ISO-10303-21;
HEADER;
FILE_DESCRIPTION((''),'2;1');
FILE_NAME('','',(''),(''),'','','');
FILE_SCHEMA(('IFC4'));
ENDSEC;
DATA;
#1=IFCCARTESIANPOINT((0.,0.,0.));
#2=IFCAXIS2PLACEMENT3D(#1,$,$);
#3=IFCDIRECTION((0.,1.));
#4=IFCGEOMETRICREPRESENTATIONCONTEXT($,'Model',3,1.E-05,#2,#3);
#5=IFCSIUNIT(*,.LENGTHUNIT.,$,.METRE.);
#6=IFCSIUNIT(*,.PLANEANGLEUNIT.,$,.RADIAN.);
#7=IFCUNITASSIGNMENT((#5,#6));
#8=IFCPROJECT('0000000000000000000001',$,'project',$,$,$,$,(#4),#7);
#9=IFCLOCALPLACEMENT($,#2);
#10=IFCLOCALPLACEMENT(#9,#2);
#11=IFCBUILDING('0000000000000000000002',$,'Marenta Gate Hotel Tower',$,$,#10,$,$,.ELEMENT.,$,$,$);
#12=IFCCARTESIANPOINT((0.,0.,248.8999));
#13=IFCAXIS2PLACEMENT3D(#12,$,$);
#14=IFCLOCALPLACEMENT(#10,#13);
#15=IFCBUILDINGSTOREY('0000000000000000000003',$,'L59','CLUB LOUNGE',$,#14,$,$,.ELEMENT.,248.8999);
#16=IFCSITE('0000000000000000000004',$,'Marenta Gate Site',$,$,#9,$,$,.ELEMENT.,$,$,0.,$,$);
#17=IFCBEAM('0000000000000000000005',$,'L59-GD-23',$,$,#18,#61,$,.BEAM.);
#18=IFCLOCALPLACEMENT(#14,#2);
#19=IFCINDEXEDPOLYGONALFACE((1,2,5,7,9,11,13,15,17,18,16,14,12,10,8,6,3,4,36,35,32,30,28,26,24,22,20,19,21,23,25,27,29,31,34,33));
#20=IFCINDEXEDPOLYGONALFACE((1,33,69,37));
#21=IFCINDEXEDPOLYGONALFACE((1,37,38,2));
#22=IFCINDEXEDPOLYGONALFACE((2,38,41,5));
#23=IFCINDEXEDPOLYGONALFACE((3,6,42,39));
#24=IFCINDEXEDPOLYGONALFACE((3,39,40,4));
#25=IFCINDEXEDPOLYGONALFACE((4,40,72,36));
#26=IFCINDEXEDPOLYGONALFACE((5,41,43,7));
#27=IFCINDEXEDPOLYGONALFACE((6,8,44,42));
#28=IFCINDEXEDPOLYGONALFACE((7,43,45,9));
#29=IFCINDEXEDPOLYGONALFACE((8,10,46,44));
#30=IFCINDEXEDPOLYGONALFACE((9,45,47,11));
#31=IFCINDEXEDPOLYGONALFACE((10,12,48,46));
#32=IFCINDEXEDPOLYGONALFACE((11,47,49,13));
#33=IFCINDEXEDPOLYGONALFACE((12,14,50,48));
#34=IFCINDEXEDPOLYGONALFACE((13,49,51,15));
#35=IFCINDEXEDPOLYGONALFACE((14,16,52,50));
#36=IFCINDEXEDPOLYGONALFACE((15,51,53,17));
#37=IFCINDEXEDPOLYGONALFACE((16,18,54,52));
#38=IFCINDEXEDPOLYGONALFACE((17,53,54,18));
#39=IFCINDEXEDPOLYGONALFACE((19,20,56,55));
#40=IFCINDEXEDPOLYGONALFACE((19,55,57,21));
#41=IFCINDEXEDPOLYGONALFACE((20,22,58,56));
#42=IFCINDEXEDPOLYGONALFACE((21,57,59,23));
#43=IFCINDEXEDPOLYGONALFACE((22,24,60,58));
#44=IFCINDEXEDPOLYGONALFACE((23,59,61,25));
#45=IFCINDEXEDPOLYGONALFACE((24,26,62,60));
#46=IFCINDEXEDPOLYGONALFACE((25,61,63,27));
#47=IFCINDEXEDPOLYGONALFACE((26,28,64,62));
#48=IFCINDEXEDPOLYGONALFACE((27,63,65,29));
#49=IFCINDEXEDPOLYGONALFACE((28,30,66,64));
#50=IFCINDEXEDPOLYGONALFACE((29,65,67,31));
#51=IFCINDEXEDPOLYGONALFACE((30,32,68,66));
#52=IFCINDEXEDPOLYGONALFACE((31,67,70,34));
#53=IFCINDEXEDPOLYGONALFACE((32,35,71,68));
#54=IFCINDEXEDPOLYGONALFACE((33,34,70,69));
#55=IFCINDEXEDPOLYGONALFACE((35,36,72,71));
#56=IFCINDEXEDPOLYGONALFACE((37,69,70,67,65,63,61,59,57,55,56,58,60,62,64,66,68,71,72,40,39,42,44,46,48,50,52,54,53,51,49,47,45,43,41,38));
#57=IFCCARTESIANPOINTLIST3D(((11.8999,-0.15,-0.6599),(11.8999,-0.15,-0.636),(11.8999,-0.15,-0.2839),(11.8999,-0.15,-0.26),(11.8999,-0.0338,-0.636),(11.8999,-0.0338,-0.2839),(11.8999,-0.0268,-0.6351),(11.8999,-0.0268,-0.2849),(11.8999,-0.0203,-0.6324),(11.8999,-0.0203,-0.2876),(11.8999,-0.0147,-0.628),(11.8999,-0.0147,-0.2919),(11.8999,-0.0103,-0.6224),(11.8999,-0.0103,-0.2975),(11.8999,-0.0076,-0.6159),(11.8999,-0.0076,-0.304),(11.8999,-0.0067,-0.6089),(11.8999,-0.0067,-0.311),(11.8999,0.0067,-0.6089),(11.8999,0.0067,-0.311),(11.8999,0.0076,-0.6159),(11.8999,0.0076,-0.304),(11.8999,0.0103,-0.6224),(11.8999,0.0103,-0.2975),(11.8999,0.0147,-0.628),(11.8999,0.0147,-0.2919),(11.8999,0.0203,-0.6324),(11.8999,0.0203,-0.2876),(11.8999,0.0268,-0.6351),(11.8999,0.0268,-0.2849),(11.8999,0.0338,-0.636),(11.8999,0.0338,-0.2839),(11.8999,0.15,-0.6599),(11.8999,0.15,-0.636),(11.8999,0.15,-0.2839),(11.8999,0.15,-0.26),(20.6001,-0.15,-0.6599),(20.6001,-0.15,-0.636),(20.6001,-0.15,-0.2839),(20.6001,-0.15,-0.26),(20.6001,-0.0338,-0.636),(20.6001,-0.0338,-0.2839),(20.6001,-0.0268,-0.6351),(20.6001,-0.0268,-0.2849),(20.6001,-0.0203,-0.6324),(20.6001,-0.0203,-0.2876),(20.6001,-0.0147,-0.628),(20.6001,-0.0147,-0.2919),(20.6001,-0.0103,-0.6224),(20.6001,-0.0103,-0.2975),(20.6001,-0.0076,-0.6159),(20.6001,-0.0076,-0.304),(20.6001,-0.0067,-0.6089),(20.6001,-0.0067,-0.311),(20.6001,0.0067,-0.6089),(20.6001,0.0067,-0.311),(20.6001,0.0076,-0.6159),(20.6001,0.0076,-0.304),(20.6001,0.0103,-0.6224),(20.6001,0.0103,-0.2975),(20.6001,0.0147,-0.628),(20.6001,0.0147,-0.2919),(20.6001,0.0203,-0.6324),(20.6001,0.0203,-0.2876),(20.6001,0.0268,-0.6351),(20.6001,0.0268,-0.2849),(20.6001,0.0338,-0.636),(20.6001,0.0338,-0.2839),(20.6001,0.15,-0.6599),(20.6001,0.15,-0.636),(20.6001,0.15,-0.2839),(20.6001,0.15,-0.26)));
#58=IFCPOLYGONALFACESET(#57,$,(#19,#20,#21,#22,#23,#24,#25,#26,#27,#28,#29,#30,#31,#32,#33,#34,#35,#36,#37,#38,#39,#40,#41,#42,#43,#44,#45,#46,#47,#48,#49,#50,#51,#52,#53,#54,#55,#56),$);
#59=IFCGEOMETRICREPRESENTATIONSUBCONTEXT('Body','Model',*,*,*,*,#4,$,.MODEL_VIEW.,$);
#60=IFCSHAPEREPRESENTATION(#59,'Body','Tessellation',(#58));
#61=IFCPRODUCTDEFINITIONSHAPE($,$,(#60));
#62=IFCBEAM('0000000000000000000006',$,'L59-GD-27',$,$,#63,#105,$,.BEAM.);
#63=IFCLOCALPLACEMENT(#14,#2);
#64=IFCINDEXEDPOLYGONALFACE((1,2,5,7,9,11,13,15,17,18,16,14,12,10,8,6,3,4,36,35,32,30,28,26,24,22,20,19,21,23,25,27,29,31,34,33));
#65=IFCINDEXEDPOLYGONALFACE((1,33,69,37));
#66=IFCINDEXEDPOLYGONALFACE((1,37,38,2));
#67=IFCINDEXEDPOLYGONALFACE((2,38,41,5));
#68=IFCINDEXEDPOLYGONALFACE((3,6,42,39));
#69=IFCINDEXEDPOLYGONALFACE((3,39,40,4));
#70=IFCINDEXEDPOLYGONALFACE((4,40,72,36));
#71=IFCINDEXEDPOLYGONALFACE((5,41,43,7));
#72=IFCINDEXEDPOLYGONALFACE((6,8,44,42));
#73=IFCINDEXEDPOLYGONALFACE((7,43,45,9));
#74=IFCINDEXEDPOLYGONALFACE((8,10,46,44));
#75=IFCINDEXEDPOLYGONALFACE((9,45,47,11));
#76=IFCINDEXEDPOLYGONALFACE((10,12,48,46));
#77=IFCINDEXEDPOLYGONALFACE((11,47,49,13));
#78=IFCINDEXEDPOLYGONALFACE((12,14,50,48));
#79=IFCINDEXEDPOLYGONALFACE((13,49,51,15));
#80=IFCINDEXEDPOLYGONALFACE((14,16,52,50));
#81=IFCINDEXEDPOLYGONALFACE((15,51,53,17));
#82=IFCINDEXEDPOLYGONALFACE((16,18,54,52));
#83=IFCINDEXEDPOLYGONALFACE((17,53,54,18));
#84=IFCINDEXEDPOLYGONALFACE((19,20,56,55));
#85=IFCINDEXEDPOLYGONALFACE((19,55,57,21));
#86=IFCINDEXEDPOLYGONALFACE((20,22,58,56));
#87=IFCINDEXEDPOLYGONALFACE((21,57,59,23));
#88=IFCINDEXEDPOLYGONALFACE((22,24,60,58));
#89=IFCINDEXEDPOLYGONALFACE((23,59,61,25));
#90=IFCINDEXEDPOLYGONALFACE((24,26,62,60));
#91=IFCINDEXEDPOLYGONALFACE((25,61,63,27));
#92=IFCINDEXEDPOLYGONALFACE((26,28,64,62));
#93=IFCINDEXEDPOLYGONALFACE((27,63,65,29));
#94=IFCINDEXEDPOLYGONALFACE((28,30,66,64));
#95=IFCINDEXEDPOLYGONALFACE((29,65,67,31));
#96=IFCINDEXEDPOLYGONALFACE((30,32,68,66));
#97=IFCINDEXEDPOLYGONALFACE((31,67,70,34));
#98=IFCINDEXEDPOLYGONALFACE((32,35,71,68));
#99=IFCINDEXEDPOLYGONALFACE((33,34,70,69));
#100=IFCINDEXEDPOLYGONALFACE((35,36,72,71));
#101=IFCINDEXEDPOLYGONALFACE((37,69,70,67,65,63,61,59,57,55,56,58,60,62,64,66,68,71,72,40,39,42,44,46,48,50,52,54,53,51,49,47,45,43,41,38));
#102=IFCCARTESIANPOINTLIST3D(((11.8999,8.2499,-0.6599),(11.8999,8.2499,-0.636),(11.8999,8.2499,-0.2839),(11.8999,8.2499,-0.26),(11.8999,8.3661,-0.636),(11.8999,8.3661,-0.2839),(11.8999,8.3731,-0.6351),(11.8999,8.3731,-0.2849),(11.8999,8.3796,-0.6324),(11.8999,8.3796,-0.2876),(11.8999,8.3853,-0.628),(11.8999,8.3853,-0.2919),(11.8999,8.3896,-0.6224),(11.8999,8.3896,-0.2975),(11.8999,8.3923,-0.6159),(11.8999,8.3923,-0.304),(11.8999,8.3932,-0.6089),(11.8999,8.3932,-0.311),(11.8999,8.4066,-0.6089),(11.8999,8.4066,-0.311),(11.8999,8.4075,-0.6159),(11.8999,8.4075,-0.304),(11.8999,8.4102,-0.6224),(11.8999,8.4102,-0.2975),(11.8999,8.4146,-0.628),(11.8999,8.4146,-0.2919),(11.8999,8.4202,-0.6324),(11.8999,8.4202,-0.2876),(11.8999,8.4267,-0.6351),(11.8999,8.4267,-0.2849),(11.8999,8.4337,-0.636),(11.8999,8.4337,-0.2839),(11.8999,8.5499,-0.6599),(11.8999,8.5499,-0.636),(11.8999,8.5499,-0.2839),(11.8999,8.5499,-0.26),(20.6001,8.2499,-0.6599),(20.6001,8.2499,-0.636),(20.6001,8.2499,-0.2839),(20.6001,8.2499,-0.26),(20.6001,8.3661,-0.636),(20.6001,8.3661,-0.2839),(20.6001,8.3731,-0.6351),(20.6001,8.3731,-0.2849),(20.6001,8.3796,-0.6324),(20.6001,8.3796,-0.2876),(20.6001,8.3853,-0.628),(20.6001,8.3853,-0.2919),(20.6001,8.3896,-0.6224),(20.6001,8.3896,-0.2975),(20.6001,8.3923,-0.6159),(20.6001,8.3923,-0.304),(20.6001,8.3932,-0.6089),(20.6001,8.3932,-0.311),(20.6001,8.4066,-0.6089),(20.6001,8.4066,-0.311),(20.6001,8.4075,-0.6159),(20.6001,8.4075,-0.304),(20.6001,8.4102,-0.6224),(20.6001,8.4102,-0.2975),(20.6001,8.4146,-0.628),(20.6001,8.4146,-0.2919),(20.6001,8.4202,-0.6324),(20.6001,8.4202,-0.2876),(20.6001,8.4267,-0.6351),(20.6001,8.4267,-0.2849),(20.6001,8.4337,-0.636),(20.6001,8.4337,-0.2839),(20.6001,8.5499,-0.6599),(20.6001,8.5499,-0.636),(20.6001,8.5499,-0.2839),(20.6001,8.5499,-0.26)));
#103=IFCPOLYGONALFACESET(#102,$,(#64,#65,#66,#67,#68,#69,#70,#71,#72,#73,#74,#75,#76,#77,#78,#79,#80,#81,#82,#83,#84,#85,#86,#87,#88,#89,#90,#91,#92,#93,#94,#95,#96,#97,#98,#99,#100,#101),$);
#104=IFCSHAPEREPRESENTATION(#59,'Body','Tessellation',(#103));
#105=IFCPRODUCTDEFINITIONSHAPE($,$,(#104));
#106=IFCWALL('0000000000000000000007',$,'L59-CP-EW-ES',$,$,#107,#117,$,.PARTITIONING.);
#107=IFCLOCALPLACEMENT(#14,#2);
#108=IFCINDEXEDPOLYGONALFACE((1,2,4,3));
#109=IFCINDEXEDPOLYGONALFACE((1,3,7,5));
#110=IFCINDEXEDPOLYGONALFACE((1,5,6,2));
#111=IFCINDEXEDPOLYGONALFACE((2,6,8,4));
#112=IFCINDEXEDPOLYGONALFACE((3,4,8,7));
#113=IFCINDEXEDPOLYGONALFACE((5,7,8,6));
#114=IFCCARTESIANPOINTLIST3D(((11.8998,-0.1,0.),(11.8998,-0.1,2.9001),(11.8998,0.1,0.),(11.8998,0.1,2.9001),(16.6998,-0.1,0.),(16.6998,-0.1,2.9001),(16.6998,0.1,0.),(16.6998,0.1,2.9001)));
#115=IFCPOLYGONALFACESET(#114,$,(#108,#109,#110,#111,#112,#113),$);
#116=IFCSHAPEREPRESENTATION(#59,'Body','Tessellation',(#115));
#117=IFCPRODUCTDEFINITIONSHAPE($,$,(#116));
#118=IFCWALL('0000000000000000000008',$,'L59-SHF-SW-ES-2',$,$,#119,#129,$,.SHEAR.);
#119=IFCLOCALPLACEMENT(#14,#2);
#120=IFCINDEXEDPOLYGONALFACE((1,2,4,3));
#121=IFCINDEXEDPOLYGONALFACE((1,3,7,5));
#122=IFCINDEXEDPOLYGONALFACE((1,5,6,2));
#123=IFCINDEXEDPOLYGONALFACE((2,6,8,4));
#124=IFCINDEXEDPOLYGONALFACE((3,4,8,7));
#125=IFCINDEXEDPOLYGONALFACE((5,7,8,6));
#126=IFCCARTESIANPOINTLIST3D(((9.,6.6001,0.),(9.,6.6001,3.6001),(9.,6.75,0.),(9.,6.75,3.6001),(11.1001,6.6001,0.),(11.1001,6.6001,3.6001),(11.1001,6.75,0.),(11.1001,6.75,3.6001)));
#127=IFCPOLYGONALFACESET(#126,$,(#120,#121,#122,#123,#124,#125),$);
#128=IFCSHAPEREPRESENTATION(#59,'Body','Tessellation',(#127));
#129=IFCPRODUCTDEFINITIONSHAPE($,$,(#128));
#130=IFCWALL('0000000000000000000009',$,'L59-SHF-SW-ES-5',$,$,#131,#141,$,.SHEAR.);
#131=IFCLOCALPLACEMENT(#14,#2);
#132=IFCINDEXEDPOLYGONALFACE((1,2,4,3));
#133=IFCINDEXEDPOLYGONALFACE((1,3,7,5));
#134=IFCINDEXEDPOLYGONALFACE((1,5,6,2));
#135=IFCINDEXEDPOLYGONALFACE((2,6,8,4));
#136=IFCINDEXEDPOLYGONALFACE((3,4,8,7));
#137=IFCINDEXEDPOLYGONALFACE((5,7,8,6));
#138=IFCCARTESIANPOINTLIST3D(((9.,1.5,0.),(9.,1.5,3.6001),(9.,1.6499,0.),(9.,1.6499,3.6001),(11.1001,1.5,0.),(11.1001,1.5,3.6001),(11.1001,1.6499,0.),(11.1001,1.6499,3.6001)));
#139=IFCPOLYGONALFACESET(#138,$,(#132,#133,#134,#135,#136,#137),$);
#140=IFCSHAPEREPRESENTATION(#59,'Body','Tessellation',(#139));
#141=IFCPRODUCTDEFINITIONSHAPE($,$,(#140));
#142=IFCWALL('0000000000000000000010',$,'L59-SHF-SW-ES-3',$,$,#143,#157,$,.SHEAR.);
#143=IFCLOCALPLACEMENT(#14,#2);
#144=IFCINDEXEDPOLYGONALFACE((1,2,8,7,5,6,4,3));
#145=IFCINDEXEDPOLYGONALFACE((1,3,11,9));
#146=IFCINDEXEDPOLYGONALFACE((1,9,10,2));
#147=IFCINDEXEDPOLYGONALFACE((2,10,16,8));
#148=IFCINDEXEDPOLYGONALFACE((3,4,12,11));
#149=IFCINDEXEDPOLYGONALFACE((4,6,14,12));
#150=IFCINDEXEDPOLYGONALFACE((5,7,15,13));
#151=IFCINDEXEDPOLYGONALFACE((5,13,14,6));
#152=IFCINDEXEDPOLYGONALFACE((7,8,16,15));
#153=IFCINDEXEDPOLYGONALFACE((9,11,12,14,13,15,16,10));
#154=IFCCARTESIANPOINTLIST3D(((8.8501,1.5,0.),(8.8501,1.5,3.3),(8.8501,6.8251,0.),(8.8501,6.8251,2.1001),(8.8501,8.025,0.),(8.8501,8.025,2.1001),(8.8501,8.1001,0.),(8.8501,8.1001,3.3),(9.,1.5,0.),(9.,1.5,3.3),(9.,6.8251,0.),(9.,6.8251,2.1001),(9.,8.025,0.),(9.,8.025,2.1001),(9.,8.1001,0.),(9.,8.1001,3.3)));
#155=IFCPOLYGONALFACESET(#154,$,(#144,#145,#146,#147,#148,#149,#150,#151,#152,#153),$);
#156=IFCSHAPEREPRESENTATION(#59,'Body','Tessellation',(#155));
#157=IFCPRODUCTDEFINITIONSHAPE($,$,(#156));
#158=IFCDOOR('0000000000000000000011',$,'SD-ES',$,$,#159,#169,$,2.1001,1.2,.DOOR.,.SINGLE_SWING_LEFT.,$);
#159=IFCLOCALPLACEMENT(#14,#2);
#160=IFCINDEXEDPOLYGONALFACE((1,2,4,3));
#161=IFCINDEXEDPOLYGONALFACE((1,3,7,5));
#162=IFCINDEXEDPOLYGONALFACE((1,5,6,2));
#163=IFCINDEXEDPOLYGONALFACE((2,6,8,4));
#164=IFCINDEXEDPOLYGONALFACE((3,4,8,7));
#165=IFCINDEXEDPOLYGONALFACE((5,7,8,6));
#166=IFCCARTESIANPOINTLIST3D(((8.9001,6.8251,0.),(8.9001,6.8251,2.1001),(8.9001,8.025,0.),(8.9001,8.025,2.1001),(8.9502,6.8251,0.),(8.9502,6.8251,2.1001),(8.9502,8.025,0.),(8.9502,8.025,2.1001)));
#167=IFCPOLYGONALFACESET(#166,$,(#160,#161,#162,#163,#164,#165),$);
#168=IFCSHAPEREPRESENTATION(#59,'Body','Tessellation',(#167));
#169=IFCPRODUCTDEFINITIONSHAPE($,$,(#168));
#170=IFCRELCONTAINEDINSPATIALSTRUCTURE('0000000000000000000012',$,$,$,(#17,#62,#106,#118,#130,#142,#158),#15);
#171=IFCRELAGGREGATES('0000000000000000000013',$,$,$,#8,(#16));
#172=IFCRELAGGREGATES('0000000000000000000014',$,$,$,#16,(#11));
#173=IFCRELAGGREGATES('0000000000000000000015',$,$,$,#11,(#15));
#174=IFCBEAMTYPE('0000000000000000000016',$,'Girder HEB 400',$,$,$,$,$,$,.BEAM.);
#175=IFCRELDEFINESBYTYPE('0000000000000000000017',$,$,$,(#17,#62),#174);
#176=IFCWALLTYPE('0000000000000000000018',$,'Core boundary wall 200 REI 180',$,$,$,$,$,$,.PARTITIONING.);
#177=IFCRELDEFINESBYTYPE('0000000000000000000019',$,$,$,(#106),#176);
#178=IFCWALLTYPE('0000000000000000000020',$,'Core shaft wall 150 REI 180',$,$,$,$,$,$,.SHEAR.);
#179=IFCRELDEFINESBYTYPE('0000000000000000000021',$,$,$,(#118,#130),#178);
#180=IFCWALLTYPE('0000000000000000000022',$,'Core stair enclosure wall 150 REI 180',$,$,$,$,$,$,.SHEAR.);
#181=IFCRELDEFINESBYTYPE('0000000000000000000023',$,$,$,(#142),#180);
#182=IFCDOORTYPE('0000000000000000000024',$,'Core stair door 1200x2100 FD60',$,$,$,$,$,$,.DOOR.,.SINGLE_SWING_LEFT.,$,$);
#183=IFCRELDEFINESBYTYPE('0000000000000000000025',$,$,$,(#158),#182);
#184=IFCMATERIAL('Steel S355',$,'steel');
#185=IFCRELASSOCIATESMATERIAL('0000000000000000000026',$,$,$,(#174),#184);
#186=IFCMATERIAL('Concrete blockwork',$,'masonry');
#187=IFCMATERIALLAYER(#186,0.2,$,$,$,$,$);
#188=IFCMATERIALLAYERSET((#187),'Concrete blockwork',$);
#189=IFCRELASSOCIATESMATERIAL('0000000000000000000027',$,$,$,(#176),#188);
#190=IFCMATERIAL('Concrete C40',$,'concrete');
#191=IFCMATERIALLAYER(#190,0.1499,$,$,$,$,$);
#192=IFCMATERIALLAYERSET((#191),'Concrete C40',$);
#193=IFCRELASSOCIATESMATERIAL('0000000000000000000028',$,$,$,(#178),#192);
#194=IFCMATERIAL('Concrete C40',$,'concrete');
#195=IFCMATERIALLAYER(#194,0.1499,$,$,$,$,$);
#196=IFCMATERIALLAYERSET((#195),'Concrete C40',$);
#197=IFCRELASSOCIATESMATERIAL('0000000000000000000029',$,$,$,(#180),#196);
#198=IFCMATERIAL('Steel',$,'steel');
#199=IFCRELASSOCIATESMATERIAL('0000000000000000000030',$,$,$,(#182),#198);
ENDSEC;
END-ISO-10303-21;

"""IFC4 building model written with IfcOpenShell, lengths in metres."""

from ifc_helpers import new_model, si_unit, direction, frame, frame_2d, origin, origin_2d, place, context, subcontext, project, spatial, rectangle, i_section, extrude, material, layer, layer_set, material_profile, profile_set, type_object, element, fill, save


model = new_model("IFC4")

# Units and contexts
model_context = context("Model", 3, precision=1e-05, world=origin(), true_north=direction((0.0, 1.0)))
body_context = subcontext(model_context, "Body", "Model", "MODEL_VIEW")
ifc_project = project(units=[si_unit("LENGTHUNIT", "METRE"), si_unit("PLANEANGLEUNIT", "RADIAN")], contexts=[model_context])

# Site, building, storey
site_placement = place(None, origin())
site = spatial("IfcSite", under=ifc_project, at=site_placement, Name="Marenta Gate Site", CompositionType="ELEMENT", RefElevation=0.0)
building_placement = place(site_placement, origin())
building = spatial("IfcBuilding", under=site, at=building_placement, Name="Marenta Gate Hotel Tower", CompositionType="ELEMENT")
storey_placement = place(building_placement, frame((0.0, 0.0, 248.8999)))
storey = spatial("IfcBuildingStorey", under=building, at=storey_placement, Name="L59", Description="CLUB LOUNGE", CompositionType="ELEMENT", Elevation=248.8999)

# Beams
ifc_material_1 = material(Name="Steel S355", Category="steel")
ifc_material_profile = material_profile(ifc_material_1, i_section(OverallWidth=0.3, OverallDepth=0.3999, WebThickness=0.0134, FlangeThickness=0.0239, FilletRadius=0.0271, at=origin_2d()), Name="HEB 400")
ifc_profile_set = profile_set([ifc_material_profile], Name="Steel S355")
beam_type = type_object("IfcBeamType", Name="Girder HEB 400", PredefinedType="BEAM", material=ifc_profile_set)
for number, where, z_axis, x_axis, name in (
    (1, (11.8999, 0.0, -0.46), (1.0, 0.0, 0.0), (0.0, 1.0, 0.0), "L59-GD-23"),
    (2, (11.8999, 8.3999, -0.46), (1.0, 0.0, 0.0), (0.0, 1.0, 0.0), "L59-GD-27"),
):
    element("IfcBeam", number, at=place(storey_placement, frame(where, z_axis=z_axis, x_axis=x_axis)), inside=storey, type_object=beam_type, Name=name, PredefinedType="BEAM", context=body_context, shape_type="SweptSolid", body=[
        extrude(i_section(OverallWidth=0.3, OverallDepth=0.3999, WebThickness=0.0134, FlangeThickness=0.0239, FilletRadius=0.0271, at=origin_2d()), origin(), (0.0, 0.0, 1.0), 8.7002),
    ])

# Shared definitions
ifc_material_2 = material(Name="Concrete blockwork", Category="masonry")
ifc_layer_1 = layer(ifc_material_2, 0.2)
ifc_layer_set_1 = layer_set([ifc_layer_1], Name="Concrete blockwork")
wall_type_1 = type_object("IfcWallType", Name="Core boundary wall 200 REI 180", PredefinedType="PARTITIONING", material=ifc_layer_set_1)

# Walls
wall_1_placement = place(storey_placement, frame((11.8999, 0.0, 0.0), z_axis=(0.0, 0.0, 1.0), x_axis=(1.0, 0.0, 0.0)))
element("IfcWall", 3, at=wall_1_placement, inside=storey, type_object=wall_type_1, Name="L59-CP-EW-ES", PredefinedType="PARTITIONING", context=body_context, shape_type="SweptSolid", body=[
    extrude(rectangle(XDim=4.8, YDim=0.2, at=frame_2d((2.3999, 0.0))), origin(), (0.0, 0.0, 1.0), 2.9001),
])
ifc_material_3 = material(Name="Concrete C40", Category="concrete")
ifc_layer_2 = layer(ifc_material_3, 0.1499)
ifc_layer_set_2 = layer_set([ifc_layer_2], Name="Concrete C40")
wall_type_2 = type_object("IfcWallType", Name="Core shaft wall 150 REI 180", PredefinedType="SHEAR", material=ifc_layer_set_2)
for number, where, z_axis, x_axis, name in (
    (4, (9.0, 6.675, 0.0), (0.0, 0.0, 1.0), (1.0, 0.0, 0.0), "L59-SHF-SW-ES-2"),
    (5, (9.0, 1.575, 0.0), (0.0, 0.0, 1.0), (1.0, 0.0, 0.0), "L59-SHF-SW-ES-5"),
):
    element("IfcWall", number, at=place(storey_placement, frame(where, z_axis=z_axis, x_axis=x_axis)), inside=storey, type_object=wall_type_2, Name=name, PredefinedType="SHEAR", context=body_context, shape_type="SweptSolid", body=[
        extrude(rectangle(XDim=2.1001, YDim=0.1499, at=frame_2d((1.05, 0.0))), origin(), (0.0, 0.0, 1.0), 3.6001),
    ])

# Wall, opening, door
ifc_material_4 = material(Name="Concrete C40", Category="concrete")
ifc_layer_3 = layer(ifc_material_4, 0.1499)
ifc_layer_set_3 = layer_set([ifc_layer_3], Name="Concrete C40")
wall_type_3 = type_object("IfcWallType", Name="Core stair enclosure wall 150 REI 180", PredefinedType="SHEAR", material=ifc_layer_set_3)
wall_2_placement = place(storey_placement, frame((8.925, 1.5, 0.0), z_axis=(0.0, 0.0, 1.0), x_axis=(0.0, 1.0, 0.0)))
wall_2 = element("IfcWall", 6, at=wall_2_placement, inside=storey, type_object=wall_type_3, Name="L59-SHF-SW-ES-3", PredefinedType="SHEAR", context=body_context, shape_type="SweptSolid", body=[
    extrude(rectangle(XDim=6.6001, YDim=0.1499, at=frame_2d((3.3, 0.0))), origin(), (0.0, 0.0, 1.0), 3.3),
])
opening_1_placement = place(wall_2_placement, frame((5.325, 0.0, 0.0)))
opening_1 = element("IfcOpeningElement", 7, at=opening_1_placement, cuts=wall_2, PredefinedType="OPENING", context=body_context, shape_type="SweptSolid", body=[
    extrude(rectangle(XDim=1.2, YDim=2.1001, at=frame_2d((0.6001, 1.05))), frame((0.0, 0.075, 0.0), z_axis=(0.0, -1.0, 0.0), x_axis=(1.0, 0.0, 0.0)), (0.0, 0.0, 1.0), 0.1499),
])
ifc_material_5 = material(Name="Steel", Category="steel")
door_type_1 = type_object("IfcDoorType", Name="Core stair door 1200x2100 FD60", OperationType="SINGLE_SWING_LEFT", PredefinedType="DOOR", material=ifc_material_5)
door_1_placement = place(opening_1_placement, origin())
door_1 = element("IfcDoor", 8, at=door_1_placement, inside=storey, type_object=door_type_1, Name="SD-ES", OperationType="SINGLE_SWING_LEFT", OverallHeight=2.1001, OverallWidth=1.2, PredefinedType="DOOR", context=body_context, shape_type="SweptSolid", body=[
    extrude(rectangle(XDim=1.2, YDim=2.1001, at=frame_2d((0.6001, 1.05))), frame((0.0, 0.0249, 0.0), z_axis=(0.0, -1.0, 0.0), x_axis=(1.0, 0.0, 0.0)), (0.0, 0.0, 1.0), 0.05),
])
fill(opening_1, door_1)

save(model, "model.ifc")
